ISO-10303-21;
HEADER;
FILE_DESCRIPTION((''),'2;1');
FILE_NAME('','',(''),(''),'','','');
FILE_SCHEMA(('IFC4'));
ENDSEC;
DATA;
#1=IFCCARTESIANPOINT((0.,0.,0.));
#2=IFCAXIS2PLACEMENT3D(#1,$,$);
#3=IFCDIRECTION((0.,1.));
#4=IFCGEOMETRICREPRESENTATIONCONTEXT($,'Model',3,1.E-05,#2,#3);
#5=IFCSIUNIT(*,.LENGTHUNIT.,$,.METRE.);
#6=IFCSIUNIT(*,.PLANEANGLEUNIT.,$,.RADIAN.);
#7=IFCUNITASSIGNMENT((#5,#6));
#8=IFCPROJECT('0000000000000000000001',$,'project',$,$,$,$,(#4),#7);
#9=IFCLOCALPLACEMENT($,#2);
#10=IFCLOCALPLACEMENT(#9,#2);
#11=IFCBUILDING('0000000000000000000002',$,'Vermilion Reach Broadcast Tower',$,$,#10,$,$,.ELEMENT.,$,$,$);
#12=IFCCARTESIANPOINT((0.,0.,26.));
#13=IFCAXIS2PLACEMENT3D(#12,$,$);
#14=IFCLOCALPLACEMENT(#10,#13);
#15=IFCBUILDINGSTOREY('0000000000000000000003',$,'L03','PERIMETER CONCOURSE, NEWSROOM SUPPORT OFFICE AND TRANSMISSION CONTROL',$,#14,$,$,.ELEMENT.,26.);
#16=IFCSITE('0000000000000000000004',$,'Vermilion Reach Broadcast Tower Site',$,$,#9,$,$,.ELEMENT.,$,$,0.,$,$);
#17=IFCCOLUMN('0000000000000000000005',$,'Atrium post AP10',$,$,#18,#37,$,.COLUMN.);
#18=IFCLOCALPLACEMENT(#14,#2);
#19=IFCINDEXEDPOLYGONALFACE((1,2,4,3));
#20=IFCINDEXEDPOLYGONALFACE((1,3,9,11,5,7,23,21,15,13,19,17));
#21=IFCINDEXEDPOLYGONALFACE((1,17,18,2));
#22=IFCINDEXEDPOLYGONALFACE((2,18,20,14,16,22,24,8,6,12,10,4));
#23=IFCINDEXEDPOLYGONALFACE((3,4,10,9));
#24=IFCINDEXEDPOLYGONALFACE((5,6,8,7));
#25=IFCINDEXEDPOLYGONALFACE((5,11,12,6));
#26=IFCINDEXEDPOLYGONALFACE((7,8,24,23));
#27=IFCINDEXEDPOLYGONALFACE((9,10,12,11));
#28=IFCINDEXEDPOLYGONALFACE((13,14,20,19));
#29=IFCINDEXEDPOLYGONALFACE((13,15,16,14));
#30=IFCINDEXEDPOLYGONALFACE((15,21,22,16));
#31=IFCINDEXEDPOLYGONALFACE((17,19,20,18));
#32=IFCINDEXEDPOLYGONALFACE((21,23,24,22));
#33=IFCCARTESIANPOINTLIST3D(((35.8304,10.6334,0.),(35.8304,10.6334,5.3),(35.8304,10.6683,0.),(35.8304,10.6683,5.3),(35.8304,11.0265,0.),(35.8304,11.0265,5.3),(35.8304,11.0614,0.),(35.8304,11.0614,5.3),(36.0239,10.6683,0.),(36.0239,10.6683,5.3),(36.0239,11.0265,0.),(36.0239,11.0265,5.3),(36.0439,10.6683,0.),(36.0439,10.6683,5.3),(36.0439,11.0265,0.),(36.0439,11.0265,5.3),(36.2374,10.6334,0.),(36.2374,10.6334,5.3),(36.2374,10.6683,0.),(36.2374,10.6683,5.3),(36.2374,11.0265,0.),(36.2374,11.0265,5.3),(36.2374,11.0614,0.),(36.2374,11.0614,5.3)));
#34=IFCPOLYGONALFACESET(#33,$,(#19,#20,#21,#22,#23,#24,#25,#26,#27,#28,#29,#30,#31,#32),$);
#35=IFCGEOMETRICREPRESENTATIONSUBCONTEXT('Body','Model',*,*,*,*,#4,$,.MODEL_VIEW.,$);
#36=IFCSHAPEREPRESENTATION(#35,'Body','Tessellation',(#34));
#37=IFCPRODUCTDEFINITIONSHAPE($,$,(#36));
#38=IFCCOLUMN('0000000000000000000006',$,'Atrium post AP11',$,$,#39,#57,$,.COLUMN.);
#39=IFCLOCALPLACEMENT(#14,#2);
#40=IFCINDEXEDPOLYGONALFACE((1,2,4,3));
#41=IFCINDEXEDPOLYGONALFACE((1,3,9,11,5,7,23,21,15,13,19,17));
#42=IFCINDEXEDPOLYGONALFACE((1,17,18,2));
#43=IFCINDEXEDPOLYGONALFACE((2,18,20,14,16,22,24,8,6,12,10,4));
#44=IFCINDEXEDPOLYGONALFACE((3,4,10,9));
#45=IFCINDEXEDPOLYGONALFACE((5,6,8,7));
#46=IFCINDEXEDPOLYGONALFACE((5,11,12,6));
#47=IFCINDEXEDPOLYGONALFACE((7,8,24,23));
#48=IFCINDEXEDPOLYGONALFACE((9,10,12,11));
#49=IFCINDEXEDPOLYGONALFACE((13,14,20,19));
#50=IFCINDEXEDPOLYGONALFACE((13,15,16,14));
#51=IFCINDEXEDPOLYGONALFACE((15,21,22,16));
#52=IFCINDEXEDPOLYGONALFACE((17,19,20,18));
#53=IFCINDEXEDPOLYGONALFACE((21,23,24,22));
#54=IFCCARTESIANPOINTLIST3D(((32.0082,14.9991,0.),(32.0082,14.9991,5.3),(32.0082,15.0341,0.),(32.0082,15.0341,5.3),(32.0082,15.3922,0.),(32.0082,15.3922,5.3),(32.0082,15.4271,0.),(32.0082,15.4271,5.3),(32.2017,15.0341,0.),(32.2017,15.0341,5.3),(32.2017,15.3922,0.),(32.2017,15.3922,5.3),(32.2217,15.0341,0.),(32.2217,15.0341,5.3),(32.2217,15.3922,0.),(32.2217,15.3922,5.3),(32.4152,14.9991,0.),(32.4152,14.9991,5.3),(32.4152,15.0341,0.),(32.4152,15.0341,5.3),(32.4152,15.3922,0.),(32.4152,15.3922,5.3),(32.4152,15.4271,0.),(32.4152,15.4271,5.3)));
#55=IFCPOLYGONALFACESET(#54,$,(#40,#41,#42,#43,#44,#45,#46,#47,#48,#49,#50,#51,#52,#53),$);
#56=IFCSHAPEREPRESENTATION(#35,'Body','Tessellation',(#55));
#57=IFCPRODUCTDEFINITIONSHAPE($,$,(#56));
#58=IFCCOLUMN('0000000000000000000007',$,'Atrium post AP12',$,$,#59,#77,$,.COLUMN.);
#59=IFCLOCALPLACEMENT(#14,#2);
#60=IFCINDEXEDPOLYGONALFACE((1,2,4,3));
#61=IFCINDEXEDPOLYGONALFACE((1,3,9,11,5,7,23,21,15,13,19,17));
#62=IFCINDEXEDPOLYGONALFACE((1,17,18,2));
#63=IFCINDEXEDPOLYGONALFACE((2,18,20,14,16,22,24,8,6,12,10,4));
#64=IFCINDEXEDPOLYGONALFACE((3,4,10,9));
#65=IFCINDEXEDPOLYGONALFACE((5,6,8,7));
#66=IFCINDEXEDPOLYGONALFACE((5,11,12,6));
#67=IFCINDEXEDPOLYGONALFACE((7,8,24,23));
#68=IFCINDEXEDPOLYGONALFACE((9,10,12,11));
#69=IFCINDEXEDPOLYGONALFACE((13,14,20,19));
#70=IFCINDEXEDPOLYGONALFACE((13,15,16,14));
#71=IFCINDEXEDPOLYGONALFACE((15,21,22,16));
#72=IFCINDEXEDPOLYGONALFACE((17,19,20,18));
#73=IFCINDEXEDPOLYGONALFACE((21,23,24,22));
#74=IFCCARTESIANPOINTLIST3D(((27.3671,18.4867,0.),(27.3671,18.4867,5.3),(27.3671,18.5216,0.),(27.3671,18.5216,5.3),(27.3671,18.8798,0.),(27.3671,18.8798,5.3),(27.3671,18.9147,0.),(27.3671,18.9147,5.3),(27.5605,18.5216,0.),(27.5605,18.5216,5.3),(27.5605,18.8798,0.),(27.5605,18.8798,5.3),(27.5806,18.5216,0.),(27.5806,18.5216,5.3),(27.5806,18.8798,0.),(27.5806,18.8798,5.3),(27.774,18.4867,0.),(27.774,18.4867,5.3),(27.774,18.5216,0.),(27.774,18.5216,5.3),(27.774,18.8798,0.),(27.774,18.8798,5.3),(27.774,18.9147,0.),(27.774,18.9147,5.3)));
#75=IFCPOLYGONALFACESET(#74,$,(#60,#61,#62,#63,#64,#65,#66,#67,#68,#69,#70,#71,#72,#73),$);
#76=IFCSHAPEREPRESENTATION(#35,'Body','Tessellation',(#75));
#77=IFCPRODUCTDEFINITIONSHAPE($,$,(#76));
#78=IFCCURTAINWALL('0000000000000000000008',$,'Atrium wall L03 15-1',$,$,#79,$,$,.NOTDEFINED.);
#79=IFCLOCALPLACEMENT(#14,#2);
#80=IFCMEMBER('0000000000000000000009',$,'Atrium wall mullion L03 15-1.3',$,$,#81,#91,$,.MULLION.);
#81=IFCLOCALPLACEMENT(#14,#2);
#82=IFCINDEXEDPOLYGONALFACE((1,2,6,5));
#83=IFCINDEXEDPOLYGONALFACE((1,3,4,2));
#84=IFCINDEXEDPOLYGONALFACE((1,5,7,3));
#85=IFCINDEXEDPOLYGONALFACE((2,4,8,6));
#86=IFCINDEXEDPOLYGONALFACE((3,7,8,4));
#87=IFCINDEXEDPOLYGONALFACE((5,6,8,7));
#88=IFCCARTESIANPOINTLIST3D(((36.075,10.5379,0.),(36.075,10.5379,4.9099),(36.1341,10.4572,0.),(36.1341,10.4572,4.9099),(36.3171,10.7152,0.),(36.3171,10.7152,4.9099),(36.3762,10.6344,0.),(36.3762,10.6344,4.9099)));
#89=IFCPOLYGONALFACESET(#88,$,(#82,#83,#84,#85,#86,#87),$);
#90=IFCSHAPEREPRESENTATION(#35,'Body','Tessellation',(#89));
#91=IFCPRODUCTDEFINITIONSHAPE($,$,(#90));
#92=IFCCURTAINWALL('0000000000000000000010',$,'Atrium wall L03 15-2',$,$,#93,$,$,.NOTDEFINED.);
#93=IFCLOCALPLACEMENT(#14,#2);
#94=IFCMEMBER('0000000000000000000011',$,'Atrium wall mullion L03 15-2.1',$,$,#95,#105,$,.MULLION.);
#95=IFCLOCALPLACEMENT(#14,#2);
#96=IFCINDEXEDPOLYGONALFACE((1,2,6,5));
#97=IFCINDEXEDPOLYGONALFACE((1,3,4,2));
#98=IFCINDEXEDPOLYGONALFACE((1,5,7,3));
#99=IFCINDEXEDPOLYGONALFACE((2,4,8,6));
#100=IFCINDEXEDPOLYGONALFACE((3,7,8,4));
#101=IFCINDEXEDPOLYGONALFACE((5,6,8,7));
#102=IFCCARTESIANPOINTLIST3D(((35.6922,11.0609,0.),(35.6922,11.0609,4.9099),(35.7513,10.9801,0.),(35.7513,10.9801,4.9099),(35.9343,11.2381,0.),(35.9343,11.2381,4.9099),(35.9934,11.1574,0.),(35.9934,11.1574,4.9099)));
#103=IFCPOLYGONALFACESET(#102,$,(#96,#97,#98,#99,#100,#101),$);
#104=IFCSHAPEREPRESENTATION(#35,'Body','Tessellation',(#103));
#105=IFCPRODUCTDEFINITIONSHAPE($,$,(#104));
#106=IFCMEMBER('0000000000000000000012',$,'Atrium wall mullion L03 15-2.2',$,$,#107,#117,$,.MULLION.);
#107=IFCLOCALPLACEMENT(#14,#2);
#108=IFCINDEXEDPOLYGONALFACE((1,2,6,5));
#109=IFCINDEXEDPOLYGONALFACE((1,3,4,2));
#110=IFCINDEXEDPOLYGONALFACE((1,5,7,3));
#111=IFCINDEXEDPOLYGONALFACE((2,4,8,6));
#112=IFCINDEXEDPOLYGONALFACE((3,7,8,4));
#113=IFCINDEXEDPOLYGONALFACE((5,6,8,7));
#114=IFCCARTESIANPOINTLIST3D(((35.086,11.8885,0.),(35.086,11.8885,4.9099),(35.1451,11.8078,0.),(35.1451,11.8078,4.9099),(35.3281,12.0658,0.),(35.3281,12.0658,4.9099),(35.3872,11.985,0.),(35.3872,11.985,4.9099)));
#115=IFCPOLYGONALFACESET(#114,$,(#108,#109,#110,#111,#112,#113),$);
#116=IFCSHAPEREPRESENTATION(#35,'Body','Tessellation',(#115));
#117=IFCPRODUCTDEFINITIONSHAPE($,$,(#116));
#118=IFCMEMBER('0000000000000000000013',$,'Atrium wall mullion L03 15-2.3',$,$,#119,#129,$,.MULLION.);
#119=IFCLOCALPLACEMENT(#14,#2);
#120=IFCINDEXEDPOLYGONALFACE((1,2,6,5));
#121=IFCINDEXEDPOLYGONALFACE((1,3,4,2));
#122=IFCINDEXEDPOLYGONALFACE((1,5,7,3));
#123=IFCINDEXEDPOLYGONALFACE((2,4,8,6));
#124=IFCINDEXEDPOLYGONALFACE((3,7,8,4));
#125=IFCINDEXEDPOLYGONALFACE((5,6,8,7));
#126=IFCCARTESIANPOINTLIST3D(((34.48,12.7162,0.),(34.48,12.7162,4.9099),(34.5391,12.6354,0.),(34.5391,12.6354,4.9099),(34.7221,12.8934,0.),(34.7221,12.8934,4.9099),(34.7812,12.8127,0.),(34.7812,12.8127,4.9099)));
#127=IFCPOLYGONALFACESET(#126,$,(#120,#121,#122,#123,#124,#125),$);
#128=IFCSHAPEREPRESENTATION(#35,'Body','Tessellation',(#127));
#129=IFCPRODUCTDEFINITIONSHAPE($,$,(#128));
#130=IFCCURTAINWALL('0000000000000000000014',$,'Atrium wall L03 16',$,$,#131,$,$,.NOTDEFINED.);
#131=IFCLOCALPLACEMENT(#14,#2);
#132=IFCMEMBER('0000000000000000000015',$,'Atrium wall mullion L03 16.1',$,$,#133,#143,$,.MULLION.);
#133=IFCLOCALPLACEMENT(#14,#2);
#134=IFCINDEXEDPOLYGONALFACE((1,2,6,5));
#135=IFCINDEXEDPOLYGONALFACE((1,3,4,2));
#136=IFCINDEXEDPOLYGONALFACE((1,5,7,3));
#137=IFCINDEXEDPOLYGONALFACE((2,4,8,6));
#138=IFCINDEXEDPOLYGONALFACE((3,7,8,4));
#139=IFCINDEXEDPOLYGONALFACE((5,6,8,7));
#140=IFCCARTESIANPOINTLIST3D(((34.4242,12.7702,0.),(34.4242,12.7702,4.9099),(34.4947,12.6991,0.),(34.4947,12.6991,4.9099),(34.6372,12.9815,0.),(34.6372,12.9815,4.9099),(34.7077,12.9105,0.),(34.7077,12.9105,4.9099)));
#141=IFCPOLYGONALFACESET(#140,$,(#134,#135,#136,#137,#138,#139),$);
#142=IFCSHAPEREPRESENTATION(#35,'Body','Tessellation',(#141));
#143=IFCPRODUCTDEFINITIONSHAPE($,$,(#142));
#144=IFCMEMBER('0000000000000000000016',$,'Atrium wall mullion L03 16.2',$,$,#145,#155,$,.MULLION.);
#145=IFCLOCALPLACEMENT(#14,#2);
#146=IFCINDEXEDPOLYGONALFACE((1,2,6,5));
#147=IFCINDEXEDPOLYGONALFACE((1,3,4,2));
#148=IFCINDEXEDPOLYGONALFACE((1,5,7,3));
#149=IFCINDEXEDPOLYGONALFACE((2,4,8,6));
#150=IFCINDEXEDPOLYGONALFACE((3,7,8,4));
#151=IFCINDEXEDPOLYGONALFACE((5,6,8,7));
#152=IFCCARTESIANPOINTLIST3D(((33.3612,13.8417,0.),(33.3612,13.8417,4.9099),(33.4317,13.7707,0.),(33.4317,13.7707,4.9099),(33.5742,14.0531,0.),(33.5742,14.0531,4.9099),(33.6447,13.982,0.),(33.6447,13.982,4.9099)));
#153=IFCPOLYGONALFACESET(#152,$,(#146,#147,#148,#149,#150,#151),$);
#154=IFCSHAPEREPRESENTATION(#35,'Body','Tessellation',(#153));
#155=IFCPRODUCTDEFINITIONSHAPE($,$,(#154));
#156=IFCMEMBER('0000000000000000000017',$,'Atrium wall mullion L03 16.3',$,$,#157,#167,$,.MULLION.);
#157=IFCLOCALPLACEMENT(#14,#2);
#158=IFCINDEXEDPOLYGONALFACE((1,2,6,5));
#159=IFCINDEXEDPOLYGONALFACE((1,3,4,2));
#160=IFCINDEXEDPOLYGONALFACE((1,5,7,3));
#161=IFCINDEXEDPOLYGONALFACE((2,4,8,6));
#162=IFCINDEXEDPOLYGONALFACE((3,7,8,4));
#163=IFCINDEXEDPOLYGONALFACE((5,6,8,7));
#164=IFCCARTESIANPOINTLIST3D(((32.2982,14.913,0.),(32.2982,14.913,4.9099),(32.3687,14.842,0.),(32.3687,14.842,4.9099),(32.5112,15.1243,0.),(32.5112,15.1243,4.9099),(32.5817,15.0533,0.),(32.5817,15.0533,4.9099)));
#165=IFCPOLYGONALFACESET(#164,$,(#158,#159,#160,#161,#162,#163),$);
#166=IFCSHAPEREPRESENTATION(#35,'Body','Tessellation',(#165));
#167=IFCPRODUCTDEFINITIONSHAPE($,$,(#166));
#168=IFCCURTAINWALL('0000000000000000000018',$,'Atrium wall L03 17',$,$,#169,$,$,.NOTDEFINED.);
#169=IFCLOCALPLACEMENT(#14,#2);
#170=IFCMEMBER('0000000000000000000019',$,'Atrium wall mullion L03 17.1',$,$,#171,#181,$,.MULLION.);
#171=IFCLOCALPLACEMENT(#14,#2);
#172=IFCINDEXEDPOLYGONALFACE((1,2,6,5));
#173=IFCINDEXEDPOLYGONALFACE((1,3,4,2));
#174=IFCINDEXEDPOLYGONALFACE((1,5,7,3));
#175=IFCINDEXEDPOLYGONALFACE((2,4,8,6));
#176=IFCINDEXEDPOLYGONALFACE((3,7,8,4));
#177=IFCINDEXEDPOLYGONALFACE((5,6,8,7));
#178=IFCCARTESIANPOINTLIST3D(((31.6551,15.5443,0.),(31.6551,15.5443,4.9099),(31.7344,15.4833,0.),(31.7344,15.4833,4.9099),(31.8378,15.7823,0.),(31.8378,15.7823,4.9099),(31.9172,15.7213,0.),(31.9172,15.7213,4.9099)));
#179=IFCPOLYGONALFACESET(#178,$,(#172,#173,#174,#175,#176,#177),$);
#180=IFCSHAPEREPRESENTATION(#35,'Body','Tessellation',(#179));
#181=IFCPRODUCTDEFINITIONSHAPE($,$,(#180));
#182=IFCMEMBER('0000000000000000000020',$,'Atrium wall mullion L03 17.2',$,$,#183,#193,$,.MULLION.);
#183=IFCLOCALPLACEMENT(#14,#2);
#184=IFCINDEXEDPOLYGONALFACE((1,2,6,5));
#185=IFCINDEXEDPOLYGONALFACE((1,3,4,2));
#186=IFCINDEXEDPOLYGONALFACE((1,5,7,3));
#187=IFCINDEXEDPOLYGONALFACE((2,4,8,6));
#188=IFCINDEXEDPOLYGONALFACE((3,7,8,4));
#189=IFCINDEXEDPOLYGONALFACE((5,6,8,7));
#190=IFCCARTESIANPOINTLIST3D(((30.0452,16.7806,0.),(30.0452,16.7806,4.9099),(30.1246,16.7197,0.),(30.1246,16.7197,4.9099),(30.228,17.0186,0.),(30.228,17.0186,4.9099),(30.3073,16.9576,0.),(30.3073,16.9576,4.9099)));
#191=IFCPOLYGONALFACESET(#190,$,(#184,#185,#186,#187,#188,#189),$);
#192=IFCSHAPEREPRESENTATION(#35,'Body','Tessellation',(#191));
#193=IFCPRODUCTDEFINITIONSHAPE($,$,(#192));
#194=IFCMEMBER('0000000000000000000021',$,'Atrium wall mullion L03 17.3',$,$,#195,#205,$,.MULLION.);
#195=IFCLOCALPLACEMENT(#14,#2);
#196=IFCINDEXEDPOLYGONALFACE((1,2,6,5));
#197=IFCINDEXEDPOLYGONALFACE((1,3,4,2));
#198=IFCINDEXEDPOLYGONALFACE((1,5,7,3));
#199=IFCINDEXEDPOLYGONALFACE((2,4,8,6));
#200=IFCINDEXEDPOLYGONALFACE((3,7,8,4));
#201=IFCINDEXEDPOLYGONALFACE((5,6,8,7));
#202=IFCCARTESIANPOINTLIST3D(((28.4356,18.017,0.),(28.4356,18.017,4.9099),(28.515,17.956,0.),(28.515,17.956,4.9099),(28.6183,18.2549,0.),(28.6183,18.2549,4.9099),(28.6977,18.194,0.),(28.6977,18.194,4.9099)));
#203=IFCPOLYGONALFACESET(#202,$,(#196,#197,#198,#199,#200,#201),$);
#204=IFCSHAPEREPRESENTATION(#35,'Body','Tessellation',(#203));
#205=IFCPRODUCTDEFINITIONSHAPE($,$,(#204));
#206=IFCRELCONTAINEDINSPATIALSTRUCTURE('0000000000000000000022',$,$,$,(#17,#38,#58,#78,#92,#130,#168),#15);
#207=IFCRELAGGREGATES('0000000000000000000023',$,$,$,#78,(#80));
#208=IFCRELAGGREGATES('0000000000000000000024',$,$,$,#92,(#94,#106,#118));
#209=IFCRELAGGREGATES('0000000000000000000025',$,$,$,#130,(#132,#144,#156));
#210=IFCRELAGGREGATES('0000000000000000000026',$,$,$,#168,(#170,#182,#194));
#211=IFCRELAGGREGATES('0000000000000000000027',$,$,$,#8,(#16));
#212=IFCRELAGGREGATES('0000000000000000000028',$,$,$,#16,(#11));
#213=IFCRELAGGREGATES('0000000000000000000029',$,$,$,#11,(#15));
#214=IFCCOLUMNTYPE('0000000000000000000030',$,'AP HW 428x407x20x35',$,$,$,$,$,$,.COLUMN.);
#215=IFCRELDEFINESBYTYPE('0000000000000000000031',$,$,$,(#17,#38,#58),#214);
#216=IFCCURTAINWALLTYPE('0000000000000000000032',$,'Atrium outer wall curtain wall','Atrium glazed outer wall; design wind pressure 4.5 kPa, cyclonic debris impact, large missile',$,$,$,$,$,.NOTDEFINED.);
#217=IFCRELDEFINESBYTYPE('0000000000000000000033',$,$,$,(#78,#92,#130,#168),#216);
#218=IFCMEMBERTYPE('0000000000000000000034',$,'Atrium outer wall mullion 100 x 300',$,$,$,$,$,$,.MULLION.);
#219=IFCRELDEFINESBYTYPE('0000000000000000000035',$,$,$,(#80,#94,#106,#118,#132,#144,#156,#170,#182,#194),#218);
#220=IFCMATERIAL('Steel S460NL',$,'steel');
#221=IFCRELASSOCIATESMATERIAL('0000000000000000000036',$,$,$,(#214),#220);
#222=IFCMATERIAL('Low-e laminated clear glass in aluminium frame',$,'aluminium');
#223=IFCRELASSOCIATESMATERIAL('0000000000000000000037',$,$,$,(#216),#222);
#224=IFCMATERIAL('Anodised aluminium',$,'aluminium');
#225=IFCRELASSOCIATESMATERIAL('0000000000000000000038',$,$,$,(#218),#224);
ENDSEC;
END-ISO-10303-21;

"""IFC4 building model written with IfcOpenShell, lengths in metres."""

from ifc_helpers import new_model, si_unit, direction, frame, origin, origin_2d, place, context, subcontext, project, spatial, rectangle, i_section, extrude, material, material_profile, profile_set, type_object, element, aggregate, save


model = new_model("IFC4")

# Units and contexts
model_context = context("Model", 3, precision=1e-05, world=origin(), true_north=direction((0.0, 1.0)))
body_context = subcontext(model_context, "Body", "Model", "MODEL_VIEW")
ifc_project = project(units=[si_unit("LENGTHUNIT", "METRE"), si_unit("PLANEANGLEUNIT", "RADIAN")], contexts=[model_context])

# Site, building, storey
site_placement = place(None, origin())
site = spatial("IfcSite", under=ifc_project, at=site_placement, Name="Vermilion Reach Broadcast Tower Site", CompositionType="ELEMENT", RefElevation=0.0)
building_placement = place(site_placement, origin())
building = spatial("IfcBuilding", under=site, at=building_placement, Name="Vermilion Reach Broadcast Tower", CompositionType="ELEMENT")
storey_placement = place(building_placement, frame((0.0, 0.0, 26.0)))
storey = spatial("IfcBuildingStorey", under=building, at=storey_placement, Name="L03", Description="PERIMETER CONCOURSE, NEWSROOM SUPPORT OFFICE AND TRANSMISSION CONTROL", CompositionType="ELEMENT", Elevation=26.0)

# Columns
ifc_material_1 = material(Name="Steel S460NL", Category="steel")
ifc_material_profile_1 = material_profile(ifc_material_1, i_section(OverallWidth=0.407, OverallDepth=0.428, WebThickness=0.02, FlangeThickness=0.0349, at=origin_2d()), Name="S460NL HW 428x407x20x35")
ifc_profile_set_1 = profile_set([ifc_material_profile_1], Name="Steel S460NL")
column_type = type_object("IfcColumnType", Name="AP HW 428x407x20x35", PredefinedType="COLUMN", material=ifc_profile_set_1)
for number, where, z_axis, x_axis, name in (
    (1, (36.0339, 10.8474, 0.0), (0.0, 0.0, 1.0), (1.0, 0.0, 0.0), "Atrium post AP10"),
    (2, (32.2117, 15.2131, 0.0), (0.0, 0.0, 1.0), (1.0, 0.0, 0.0), "Atrium post AP11"),
    (3, (27.5706, 18.7007, 0.0), (0.0, 0.0, 1.0), (1.0, 0.0, 0.0), "Atrium post AP12"),
):
    element("IfcColumn", number, at=place(storey_placement, frame(where, z_axis=z_axis, x_axis=x_axis)), inside=storey, type_object=column_type, Name=name, PredefinedType="COLUMN", context=body_context, shape_type="SweptSolid", body=[
        extrude(i_section(OverallWidth=0.407, OverallDepth=0.428, WebThickness=0.02, FlangeThickness=0.0349, at=origin_2d()), origin(), (0.0, 0.0, 1.0), 5.3),
    ])

# Curtain wall, member
ifc_material_2 = material(Name="Low-e laminated clear glass in aluminium frame", Category="aluminium")
curtain_wall_type = type_object("IfcCurtainWallType", Name="Atrium outer wall curtain wall", Description="Atrium glazed outer wall; design wind pressure 4.5 kPa, cyclonic debris impact, large missile", PredefinedType="NOTDEFINED", material=ifc_material_2)
placement = place(storey_placement, origin())
curtain_wall_1 = element("IfcCurtainWall", 4, at=placement, inside=storey, type_object=curtain_wall_type, Name="Atrium wall L03 15-1", PredefinedType="NOTDEFINED")
ifc_material_3 = material(Name="Anodised aluminium", Category="aluminium")
ifc_material_profile_2 = material_profile(ifc_material_3, rectangle(XDim=0.3, YDim=0.1001, at=origin_2d()), Name="Atrium outer wall mullion 100 x 300")
ifc_profile_set_2 = profile_set([ifc_material_profile_2], Name="Anodised aluminium")
member_type_1 = type_object("IfcMemberType", Name="Atrium outer wall mullion 100 x 300", PredefinedType="MULLION", material=ifc_profile_set_2)
member_1_placement = place(storey_placement, frame((36.2256, 10.5862, 0.0), z_axis=(0.0, 0.0, 1.0), x_axis=(-0.806847, -0.59076, 0.0)))
member_1 = element("IfcMember", 5, at=member_1_placement, type_object=member_type_1, Name="Atrium wall mullion L03 15-1.3", PredefinedType="MULLION", context=body_context, shape_type="SweptSolid", body=[
    extrude(rectangle(XDim=0.3, YDim=0.1001, at=origin_2d()), origin(), (0.0, 0.0, 1.0), 4.9099),
])
aggregate(curtain_wall_1, [member_1])

# Curtain walls, members
curtain_wall_2 = element("IfcCurtainWall", 6, at=placement, inside=storey, type_object=curtain_wall_type, Name="Atrium wall L03 15-2", PredefinedType="NOTDEFINED")
member_2_placement = place(storey_placement, frame((35.8428, 11.1091, 0.0), z_axis=(0.0, 0.0, 1.0), x_axis=(-0.806847, -0.59076, 0.0)))
member_2 = element("IfcMember", 7, at=member_2_placement, type_object=member_type_1, Name="Atrium wall mullion L03 15-2.1", PredefinedType="MULLION", context=body_context, shape_type="SweptSolid", body=[
    extrude(rectangle(XDim=0.3, YDim=0.1001, at=origin_2d()), origin(), (0.0, 0.0, 1.0), 4.9099),
])
member_3_placement = place(storey_placement, frame((35.2366, 11.9368, 0.0), z_axis=(0.0, 0.0, 1.0), x_axis=(-0.806847, -0.59076, 0.0)))
member_3 = element("IfcMember", 8, at=member_3_placement, type_object=member_type_1, Name="Atrium wall mullion L03 15-2.2", PredefinedType="MULLION", context=body_context, shape_type="SweptSolid", body=[
    extrude(rectangle(XDim=0.3, YDim=0.1001, at=origin_2d()), origin(), (0.0, 0.0, 1.0), 4.9099),
])
member_4_placement = place(storey_placement, frame((34.6306, 12.7644, 0.0), z_axis=(0.0, 0.0, 1.0), x_axis=(-0.806847, -0.59076, 0.0)))
member_4 = element("IfcMember", 9, at=member_4_placement, type_object=member_type_1, Name="Atrium wall mullion L03 15-2.3", PredefinedType="MULLION", context=body_context, shape_type="SweptSolid", body=[
    extrude(rectangle(XDim=0.3, YDim=0.1001, at=origin_2d()), origin(), (0.0, 0.0, 1.0), 4.9099),
])
curtain_wall_3 = element("IfcCurtainWall", 10, at=placement, inside=storey, type_object=curtain_wall_type, Name="Atrium wall L03 16", PredefinedType="NOTDEFINED")
member_5_placement = place(storey_placement, frame((34.5659, 12.8403, 0.0), z_axis=(0.0, 0.0, 1.0), x_axis=(-0.709926, -0.704276, 0.0)))
member_5 = element("IfcMember", 11, at=member_5_placement, type_object=member_type_1, Name="Atrium wall mullion L03 16.1", PredefinedType="MULLION", context=body_context, shape_type="SweptSolid", body=[
    extrude(rectangle(XDim=0.3, YDim=0.1001, at=origin_2d()), origin(), (0.0, 0.0, 1.0), 4.9099),
])
member_6_placement = place(storey_placement, frame((33.5029, 13.9119, 0.0), z_axis=(0.0, 0.0, 1.0), x_axis=(-0.709926, -0.704276, 0.0)))
member_6 = element("IfcMember", 12, at=member_6_placement, type_object=member_type_1, Name="Atrium wall mullion L03 16.2", PredefinedType="MULLION", context=body_context, shape_type="SweptSolid", body=[
    extrude(rectangle(XDim=0.3, YDim=0.1001, at=origin_2d()), origin(), (0.0, 0.0, 1.0), 4.9099),
])
member_7_placement = place(storey_placement, frame((32.4399, 14.9832, 0.0), z_axis=(0.0, 0.0, 1.0), x_axis=(-0.709926, -0.704276, 0.0)))
member_7 = element("IfcMember", 13, at=member_7_placement, type_object=member_type_1, Name="Atrium wall mullion L03 16.3", PredefinedType="MULLION", context=body_context, shape_type="SweptSolid", body=[
    extrude(rectangle(XDim=0.3, YDim=0.1001, at=origin_2d()), origin(), (0.0, 0.0, 1.0), 4.9099),
])
curtain_wall_4 = element("IfcCurtainWall", 14, at=placement, inside=storey, type_object=curtain_wall_type, Name="Atrium wall L03 17", PredefinedType="NOTDEFINED")
member_8_placement = place(storey_placement, frame((31.7861, 15.6328, 0.0), z_axis=(0.0, 0.0, 1.0), x_axis=(-0.609114, -0.793083, 0.0)))
member_8 = element("IfcMember", 15, at=member_8_placement, type_object=member_type_1, Name="Atrium wall mullion L03 17.1", PredefinedType="MULLION", context=body_context, shape_type="SweptSolid", body=[
    extrude(rectangle(XDim=0.3, YDim=0.1001, at=origin_2d()), origin(), (0.0, 0.0, 1.0), 4.9099),
])
member_9_placement = place(storey_placement, frame((30.1763, 16.8691, 0.0), z_axis=(0.0, 0.0, 1.0), x_axis=(-0.609114, -0.793083, 0.0)))
member_9 = element("IfcMember", 16, at=member_9_placement, type_object=member_type_1, Name="Atrium wall mullion L03 17.2", PredefinedType="MULLION", context=body_context, shape_type="SweptSolid", body=[
    extrude(rectangle(XDim=0.3, YDim=0.1001, at=origin_2d()), origin(), (0.0, 0.0, 1.0), 4.9099),
])
member_10_placement = place(storey_placement, frame((28.5667, 18.1055, 0.0), z_axis=(0.0, 0.0, 1.0), x_axis=(-0.609114, -0.793083, 0.0)))
member_10 = element("IfcMember", 17, at=member_10_placement, type_object=member_type_1, Name="Atrium wall mullion L03 17.3", PredefinedType="MULLION", context=body_context, shape_type="SweptSolid", body=[
    extrude(rectangle(XDim=0.3, YDim=0.1001, at=origin_2d()), origin(), (0.0, 0.0, 1.0), 4.9099),
])

aggregate(curtain_wall_2, [member_2, member_3, member_4])
aggregate(curtain_wall_3, [member_5, member_6, member_7])
aggregate(curtain_wall_4, [member_8, member_9, member_10])

save(model, "model.ifc")
